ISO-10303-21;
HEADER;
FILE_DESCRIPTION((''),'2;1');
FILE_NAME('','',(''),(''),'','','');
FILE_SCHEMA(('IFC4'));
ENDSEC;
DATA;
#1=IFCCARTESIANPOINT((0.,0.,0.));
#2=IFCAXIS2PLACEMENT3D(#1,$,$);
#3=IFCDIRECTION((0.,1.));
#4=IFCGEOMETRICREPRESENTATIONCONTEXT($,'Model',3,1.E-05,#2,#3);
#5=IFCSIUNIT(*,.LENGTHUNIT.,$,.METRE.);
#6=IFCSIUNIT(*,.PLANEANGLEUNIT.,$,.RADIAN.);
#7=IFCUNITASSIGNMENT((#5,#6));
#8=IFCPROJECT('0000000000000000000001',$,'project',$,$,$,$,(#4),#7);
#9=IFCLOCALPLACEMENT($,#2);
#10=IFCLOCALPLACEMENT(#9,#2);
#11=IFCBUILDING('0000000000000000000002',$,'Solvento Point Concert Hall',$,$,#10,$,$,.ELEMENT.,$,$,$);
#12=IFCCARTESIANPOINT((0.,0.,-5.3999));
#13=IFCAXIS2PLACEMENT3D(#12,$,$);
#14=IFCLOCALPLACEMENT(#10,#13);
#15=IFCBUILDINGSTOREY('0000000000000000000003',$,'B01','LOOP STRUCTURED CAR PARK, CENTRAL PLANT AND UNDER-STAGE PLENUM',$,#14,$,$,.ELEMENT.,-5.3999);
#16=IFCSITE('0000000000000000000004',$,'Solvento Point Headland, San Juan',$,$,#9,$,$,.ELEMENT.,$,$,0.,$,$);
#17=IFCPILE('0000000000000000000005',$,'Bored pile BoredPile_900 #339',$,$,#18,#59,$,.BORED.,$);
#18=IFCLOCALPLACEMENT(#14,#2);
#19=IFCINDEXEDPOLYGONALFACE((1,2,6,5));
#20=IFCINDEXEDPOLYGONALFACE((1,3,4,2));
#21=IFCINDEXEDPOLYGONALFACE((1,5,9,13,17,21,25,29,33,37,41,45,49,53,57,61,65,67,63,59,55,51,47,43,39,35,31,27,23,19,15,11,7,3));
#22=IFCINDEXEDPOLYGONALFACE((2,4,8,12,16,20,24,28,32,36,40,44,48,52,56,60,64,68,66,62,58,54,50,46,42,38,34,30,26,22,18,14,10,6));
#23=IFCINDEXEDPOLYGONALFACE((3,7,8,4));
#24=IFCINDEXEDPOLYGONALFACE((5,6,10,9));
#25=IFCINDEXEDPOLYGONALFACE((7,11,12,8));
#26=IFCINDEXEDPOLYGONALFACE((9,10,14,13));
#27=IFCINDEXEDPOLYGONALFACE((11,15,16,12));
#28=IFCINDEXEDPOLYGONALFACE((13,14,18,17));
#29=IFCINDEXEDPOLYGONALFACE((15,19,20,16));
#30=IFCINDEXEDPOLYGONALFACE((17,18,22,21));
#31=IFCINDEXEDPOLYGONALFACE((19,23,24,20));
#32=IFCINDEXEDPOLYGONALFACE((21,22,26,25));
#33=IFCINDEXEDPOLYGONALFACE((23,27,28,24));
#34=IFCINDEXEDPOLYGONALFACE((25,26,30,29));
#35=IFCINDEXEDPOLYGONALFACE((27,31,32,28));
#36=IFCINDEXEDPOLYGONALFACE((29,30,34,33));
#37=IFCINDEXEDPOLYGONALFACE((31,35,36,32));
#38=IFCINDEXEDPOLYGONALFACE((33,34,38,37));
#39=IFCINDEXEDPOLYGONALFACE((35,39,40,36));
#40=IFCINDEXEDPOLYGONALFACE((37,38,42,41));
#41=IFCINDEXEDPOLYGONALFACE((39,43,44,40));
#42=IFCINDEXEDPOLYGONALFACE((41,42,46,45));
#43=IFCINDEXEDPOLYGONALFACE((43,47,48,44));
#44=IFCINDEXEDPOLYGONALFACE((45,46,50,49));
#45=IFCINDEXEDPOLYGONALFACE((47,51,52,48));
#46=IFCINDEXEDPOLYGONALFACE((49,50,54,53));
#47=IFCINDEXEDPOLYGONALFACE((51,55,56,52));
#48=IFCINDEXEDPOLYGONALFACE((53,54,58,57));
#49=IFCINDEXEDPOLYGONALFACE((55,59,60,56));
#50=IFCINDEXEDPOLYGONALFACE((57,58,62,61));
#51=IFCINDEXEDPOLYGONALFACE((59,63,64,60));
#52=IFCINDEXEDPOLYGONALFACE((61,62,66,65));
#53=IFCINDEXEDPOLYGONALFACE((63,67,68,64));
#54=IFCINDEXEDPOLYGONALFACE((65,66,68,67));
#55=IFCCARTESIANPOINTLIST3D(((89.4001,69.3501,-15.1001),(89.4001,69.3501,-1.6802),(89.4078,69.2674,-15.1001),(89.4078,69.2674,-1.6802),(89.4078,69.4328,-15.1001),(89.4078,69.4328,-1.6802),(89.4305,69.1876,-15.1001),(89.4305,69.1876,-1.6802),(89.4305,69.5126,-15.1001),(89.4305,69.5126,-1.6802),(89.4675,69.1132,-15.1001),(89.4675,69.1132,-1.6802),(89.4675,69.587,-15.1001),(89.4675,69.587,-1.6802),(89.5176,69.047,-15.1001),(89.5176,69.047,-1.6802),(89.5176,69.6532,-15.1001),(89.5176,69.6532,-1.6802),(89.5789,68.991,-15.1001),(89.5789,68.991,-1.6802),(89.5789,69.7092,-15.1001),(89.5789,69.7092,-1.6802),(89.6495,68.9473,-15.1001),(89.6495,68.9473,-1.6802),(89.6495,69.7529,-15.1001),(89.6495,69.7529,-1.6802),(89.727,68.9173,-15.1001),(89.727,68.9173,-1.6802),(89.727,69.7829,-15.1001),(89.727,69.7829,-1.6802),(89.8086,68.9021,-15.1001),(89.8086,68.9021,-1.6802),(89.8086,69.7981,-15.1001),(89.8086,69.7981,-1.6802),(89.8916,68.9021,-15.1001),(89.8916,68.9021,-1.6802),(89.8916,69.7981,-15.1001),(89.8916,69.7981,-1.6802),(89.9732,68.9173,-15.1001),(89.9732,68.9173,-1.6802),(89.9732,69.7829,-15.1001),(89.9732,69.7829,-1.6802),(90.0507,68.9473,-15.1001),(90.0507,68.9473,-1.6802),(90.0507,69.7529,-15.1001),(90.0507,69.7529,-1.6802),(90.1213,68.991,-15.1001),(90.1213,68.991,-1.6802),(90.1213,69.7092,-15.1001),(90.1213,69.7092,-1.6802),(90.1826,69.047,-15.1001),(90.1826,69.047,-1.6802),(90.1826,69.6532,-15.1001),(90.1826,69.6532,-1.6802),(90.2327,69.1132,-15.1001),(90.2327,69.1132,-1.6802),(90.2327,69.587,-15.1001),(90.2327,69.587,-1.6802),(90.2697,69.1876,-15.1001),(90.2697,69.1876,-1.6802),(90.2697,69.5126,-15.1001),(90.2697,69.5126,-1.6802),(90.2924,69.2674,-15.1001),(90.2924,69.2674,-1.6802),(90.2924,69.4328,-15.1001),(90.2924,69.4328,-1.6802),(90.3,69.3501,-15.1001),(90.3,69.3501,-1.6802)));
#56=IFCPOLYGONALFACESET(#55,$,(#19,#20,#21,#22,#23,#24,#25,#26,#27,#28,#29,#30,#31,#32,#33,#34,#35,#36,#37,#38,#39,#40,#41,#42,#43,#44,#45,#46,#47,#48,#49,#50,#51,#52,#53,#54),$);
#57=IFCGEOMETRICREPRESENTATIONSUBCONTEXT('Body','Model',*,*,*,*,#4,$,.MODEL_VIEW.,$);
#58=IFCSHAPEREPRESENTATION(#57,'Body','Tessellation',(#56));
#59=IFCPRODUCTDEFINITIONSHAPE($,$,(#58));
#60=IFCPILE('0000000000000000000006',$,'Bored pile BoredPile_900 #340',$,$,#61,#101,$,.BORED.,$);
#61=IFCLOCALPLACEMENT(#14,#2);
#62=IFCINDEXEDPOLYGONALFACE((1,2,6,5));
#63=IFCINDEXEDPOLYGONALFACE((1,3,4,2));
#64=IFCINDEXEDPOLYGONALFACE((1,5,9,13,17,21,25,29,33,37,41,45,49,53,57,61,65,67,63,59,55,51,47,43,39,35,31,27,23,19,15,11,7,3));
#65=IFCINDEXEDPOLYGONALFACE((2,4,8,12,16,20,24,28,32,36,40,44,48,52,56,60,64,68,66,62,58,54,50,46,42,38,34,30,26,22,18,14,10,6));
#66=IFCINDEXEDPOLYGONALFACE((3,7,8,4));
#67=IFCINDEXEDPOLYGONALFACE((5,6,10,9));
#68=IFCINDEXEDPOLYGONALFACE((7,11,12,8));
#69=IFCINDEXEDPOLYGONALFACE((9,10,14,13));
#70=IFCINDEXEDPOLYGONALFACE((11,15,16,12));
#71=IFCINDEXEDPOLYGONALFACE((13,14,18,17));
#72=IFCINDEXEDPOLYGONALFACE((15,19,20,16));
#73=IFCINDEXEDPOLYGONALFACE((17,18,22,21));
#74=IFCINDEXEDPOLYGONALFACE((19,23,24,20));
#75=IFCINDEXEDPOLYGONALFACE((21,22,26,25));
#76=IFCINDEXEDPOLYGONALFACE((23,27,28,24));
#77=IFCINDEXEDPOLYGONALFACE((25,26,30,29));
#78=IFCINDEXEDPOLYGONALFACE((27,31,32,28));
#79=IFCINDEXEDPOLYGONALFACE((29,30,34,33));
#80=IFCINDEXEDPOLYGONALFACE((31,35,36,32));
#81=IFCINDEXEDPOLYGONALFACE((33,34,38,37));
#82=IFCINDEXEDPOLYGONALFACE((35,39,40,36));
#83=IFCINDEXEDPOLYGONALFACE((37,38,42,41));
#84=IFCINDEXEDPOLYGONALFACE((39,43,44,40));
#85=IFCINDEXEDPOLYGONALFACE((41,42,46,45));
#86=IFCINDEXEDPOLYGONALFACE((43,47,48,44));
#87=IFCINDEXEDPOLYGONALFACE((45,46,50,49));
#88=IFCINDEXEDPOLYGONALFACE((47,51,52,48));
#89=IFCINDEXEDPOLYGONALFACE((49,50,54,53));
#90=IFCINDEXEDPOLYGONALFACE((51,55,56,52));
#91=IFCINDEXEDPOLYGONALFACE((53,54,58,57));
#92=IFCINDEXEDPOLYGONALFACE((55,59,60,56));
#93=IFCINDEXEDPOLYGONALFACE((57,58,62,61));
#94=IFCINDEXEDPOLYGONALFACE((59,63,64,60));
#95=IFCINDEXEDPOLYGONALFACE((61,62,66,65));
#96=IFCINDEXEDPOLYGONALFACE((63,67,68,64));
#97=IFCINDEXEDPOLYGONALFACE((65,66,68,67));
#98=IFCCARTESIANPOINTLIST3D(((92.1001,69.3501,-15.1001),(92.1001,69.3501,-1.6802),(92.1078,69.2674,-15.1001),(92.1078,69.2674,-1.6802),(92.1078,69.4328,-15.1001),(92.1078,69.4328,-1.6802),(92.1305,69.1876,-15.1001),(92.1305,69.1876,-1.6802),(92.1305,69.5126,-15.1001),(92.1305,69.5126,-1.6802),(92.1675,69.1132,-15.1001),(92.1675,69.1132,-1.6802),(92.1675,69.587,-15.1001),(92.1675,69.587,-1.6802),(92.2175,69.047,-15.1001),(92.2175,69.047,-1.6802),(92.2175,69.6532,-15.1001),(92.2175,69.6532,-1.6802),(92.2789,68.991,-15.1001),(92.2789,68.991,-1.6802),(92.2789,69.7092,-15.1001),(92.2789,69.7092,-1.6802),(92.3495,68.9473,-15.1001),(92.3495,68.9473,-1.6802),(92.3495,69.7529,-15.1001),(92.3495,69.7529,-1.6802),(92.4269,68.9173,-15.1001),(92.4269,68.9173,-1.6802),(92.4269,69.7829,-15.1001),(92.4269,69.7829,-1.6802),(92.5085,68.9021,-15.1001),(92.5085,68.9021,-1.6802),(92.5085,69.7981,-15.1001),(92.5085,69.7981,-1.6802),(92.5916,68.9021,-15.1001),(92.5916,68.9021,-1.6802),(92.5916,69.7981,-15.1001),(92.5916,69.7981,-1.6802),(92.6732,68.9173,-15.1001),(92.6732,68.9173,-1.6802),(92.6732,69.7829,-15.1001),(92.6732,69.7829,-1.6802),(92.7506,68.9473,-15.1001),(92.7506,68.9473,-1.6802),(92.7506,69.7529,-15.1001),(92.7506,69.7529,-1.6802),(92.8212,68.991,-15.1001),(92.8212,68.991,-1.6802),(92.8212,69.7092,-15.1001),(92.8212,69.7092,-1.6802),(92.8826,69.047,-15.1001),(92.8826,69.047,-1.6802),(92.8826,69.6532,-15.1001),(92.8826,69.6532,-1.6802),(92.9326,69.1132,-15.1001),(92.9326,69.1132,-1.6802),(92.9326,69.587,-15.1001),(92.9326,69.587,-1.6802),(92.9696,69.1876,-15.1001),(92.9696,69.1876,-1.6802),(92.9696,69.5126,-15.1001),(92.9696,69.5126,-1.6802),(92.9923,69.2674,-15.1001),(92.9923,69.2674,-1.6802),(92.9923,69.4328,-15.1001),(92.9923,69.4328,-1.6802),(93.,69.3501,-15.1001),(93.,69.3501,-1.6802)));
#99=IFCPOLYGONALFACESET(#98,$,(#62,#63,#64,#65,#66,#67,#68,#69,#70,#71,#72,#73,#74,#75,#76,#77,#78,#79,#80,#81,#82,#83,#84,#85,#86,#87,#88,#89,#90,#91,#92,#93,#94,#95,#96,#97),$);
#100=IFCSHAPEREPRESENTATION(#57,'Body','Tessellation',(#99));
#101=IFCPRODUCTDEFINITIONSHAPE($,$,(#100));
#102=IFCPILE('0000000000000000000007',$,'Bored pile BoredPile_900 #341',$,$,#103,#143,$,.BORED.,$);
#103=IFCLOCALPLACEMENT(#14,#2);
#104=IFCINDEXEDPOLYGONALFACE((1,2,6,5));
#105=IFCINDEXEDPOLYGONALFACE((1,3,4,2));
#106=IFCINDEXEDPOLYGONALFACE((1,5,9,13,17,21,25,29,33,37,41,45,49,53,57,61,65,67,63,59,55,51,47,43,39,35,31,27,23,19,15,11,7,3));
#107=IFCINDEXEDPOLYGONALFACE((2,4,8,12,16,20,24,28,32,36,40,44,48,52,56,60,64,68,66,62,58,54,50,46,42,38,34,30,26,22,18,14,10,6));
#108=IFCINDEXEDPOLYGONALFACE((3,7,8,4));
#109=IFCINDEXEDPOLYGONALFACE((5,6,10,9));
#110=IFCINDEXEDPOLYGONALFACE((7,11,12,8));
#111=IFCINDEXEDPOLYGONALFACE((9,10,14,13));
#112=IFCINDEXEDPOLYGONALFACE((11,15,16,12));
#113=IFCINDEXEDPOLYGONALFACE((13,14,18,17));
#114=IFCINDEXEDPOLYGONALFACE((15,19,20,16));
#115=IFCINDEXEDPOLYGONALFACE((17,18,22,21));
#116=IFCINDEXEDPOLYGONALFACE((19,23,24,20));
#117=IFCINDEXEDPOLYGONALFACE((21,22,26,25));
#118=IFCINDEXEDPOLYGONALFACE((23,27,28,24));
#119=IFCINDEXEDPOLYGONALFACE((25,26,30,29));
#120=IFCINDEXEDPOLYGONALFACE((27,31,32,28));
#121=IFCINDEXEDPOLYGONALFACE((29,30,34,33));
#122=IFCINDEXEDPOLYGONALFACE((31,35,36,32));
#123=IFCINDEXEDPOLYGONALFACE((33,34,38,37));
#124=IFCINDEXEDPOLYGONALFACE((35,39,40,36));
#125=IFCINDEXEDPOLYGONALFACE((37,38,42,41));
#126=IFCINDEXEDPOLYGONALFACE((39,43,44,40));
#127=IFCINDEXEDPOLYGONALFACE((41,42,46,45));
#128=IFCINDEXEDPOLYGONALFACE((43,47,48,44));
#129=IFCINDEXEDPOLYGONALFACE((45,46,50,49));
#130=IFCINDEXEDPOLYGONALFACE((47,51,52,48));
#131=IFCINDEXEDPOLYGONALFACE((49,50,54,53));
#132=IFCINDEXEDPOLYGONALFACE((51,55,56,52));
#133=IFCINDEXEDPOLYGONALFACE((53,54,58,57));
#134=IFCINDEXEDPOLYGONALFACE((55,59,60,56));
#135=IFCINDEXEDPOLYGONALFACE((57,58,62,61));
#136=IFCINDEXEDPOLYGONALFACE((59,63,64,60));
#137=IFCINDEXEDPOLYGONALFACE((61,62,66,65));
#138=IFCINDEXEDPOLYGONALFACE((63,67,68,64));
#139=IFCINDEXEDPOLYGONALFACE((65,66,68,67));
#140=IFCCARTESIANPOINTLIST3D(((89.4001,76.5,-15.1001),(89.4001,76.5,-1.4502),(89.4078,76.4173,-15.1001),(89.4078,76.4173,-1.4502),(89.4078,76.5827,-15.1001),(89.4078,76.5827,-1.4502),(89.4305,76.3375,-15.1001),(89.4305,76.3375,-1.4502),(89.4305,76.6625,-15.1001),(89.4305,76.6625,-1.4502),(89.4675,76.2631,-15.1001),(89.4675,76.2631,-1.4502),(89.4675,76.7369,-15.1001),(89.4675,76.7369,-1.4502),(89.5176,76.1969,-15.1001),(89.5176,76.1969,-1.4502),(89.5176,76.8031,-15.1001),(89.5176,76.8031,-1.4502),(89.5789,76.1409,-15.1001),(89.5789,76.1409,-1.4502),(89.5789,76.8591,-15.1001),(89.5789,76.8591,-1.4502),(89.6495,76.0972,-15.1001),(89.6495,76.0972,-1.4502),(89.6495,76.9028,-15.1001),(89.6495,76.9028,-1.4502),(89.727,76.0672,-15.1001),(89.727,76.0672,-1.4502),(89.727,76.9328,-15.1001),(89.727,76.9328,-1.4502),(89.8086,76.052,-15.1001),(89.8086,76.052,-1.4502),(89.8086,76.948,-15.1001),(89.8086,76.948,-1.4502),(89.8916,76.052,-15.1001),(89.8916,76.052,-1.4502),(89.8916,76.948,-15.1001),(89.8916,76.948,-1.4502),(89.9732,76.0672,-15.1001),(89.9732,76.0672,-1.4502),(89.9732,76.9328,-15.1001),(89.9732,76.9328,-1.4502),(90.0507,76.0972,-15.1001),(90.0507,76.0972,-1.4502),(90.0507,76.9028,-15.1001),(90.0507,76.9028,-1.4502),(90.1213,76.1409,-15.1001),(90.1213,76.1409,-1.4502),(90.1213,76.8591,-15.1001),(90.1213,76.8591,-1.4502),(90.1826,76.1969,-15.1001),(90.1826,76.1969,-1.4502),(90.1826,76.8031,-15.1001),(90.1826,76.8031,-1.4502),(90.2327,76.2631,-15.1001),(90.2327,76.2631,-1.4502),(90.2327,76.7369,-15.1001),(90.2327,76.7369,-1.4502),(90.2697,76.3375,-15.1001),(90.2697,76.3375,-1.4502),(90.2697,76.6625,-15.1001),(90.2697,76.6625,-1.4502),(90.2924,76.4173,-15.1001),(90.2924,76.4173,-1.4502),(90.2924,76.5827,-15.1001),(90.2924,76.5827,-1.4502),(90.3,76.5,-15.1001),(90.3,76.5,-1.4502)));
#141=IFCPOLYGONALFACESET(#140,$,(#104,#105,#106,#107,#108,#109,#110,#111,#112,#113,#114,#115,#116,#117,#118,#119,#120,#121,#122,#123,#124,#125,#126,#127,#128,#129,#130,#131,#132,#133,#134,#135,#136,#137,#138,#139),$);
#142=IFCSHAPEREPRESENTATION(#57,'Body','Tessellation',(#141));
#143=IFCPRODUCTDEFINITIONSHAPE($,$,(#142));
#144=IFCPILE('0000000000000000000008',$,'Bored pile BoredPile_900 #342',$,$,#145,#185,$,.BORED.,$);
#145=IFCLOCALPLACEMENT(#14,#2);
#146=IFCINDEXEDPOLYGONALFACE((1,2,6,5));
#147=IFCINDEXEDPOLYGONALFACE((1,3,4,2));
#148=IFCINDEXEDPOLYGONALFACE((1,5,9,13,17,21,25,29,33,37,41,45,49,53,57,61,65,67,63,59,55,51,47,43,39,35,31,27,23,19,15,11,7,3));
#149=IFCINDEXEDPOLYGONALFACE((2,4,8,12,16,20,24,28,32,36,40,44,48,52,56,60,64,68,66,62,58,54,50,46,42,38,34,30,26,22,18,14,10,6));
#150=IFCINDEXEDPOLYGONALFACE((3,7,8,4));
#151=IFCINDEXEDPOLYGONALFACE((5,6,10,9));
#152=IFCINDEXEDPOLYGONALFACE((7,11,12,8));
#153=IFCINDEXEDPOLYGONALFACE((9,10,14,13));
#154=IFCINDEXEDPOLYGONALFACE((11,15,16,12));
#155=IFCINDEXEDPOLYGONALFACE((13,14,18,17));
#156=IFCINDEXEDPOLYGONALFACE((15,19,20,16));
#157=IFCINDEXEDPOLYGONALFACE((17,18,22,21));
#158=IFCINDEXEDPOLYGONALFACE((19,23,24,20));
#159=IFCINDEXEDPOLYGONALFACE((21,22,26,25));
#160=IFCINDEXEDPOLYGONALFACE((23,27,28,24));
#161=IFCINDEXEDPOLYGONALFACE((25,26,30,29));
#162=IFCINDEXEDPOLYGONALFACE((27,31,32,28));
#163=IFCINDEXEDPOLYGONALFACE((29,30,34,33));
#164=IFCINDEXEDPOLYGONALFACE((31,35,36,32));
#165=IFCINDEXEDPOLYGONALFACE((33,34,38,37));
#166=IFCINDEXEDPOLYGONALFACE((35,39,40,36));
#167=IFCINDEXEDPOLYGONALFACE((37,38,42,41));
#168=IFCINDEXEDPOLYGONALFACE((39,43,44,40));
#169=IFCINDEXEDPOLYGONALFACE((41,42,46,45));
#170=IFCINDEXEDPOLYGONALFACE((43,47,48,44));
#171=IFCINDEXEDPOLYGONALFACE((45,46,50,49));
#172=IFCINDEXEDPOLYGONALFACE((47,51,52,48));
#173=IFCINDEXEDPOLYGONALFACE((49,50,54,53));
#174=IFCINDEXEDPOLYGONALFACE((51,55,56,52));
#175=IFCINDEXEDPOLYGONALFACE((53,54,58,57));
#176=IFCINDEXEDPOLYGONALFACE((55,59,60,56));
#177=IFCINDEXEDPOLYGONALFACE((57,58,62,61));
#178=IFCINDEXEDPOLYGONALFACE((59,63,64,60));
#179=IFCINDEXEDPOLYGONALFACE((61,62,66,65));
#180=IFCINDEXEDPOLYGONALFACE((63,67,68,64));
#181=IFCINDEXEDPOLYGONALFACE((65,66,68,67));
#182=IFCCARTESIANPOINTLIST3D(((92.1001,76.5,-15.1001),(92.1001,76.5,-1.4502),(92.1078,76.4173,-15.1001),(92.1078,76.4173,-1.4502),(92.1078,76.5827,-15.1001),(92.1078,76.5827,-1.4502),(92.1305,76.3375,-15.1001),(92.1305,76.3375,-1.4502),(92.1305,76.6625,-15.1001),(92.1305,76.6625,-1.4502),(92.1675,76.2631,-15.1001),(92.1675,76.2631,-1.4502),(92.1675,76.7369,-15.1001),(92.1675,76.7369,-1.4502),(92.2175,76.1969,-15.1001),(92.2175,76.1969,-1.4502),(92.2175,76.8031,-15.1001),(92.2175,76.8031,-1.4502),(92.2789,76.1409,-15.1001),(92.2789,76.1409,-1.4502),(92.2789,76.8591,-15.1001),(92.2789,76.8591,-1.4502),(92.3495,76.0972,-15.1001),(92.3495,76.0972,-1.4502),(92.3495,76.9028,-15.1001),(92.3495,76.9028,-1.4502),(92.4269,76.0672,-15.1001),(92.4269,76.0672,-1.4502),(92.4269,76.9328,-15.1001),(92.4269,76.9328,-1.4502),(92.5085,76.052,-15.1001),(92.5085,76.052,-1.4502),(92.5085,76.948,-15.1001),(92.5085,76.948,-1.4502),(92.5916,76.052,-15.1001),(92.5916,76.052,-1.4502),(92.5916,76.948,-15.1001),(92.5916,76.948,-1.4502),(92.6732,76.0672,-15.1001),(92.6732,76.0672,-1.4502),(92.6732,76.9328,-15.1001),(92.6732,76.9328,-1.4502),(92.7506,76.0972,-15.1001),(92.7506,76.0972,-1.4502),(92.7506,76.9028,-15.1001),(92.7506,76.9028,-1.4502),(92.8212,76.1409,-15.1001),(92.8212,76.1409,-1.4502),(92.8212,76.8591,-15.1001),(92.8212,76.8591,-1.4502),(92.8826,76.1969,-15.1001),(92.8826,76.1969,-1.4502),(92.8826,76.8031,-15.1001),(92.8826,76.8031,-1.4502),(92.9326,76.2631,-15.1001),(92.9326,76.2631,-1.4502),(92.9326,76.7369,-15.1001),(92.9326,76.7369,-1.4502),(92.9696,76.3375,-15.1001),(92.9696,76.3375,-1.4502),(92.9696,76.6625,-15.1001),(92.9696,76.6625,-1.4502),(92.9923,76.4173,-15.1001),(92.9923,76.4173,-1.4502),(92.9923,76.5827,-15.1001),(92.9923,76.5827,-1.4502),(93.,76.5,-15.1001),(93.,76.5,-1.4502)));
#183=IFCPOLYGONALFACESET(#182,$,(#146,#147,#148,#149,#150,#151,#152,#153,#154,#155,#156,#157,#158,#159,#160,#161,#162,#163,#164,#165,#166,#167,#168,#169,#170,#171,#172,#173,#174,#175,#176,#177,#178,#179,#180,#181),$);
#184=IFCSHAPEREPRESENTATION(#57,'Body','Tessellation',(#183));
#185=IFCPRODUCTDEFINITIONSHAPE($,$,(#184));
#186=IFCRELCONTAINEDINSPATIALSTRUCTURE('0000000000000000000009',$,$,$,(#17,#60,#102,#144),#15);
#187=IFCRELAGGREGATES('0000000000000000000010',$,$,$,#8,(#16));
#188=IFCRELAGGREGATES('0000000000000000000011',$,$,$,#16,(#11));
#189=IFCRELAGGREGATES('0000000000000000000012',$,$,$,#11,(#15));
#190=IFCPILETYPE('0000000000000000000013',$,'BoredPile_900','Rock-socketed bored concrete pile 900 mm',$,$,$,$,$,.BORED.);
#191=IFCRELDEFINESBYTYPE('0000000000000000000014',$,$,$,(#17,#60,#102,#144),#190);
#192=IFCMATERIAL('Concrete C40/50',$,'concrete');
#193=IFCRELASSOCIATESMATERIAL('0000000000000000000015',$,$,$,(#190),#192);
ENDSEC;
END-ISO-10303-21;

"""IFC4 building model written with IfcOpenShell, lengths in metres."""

from ifc_helpers import new_model, si_unit, direction, frame, origin, origin_2d, place, context, subcontext, project, spatial, circle, extrude, material, material_profile, profile_set, type_object, element, save


model = new_model("IFC4")

# Units and contexts
model_context = context("Model", 3, precision=1e-05, world=origin(), true_north=direction((0.0, 1.0)))
body_context = subcontext(model_context, "Body", "Model", "MODEL_VIEW")
ifc_project = project(units=[si_unit("LENGTHUNIT", "METRE"), si_unit("PLANEANGLEUNIT", "RADIAN")], contexts=[model_context])

# Site, building, storey
site_placement = place(None, origin())
site = spatial("IfcSite", under=ifc_project, at=site_placement, Name="Solvento Point Headland, San Juan", CompositionType="ELEMENT", RefElevation=0.0)
building_placement = place(site_placement, origin())
building = spatial("IfcBuilding", under=site, at=building_placement, Name="Solvento Point Concert Hall", CompositionType="ELEMENT")
storey_placement = place(building_placement, frame((0.0, 0.0, -5.3999)))
storey = spatial("IfcBuildingStorey", under=building, at=storey_placement, Name="B01", Description="LOOP STRUCTURED CAR PARK, CENTRAL PLANT AND UNDER-STAGE PLENUM", CompositionType="ELEMENT", Elevation=-5.3999)

# Piles
ifc_material_1 = material(Name="Concrete C40/50", Category="concrete")
ifc_material_profile_1 = material_profile(ifc_material_1, circle(Radius=0.45, at=origin_2d()), Name="BP-900")
ifc_profile_set_1 = profile_set([ifc_material_profile_1], Name="Concrete C40/50")
pile_type = type_object("IfcPileType", Name="BoredPile_900", Description="Rock-socketed bored concrete pile 900 mm", PredefinedType="BORED", material=ifc_profile_set_1)
for number, where, z_axis, x_axis, name in (
    (1, (89.8501, 69.3501, -1.6802), (0.0, 0.0, -1.0), (1.0, 0.0, 0.0), "Bored pile BoredPile_900 #339"),
    (2, (92.55, 69.3501, -1.6802), (0.0, 0.0, -1.0), (1.0, 0.0, 0.0), "Bored pile BoredPile_900 #340"),
):
    element("IfcPile", number, at=place(storey_placement, frame(where, z_axis=z_axis, x_axis=x_axis)), inside=storey, type_object=pile_type, Name=name, PredefinedType="BORED", context=body_context, shape_type="SweptSolid", body=[
        extrude(circle(Radius=0.45, at=origin_2d()), origin(), (0.0, 0.0, 1.0), 13.4199),
    ])
for number, where, z_axis, x_axis, name in (
    (3, (89.8501, 76.5, -1.4502), (0.0, 0.0, -1.0), (1.0, 0.0, 0.0), "Bored pile BoredPile_900 #341"),
    (4, (92.55, 76.5, -1.4502), (0.0, 0.0, -1.0), (1.0, 0.0, 0.0), "Bored pile BoredPile_900 #342"),
):
    element("IfcPile", number, at=place(storey_placement, frame(where, z_axis=z_axis, x_axis=x_axis)), inside=storey, type_object=pile_type, Name=name, PredefinedType="BORED", context=body_context, shape_type="SweptSolid", body=[
        extrude(circle(Radius=0.45, at=origin_2d()), origin(), (0.0, 0.0, 1.0), 13.6499),
    ])

save(model, "model.ifc")
